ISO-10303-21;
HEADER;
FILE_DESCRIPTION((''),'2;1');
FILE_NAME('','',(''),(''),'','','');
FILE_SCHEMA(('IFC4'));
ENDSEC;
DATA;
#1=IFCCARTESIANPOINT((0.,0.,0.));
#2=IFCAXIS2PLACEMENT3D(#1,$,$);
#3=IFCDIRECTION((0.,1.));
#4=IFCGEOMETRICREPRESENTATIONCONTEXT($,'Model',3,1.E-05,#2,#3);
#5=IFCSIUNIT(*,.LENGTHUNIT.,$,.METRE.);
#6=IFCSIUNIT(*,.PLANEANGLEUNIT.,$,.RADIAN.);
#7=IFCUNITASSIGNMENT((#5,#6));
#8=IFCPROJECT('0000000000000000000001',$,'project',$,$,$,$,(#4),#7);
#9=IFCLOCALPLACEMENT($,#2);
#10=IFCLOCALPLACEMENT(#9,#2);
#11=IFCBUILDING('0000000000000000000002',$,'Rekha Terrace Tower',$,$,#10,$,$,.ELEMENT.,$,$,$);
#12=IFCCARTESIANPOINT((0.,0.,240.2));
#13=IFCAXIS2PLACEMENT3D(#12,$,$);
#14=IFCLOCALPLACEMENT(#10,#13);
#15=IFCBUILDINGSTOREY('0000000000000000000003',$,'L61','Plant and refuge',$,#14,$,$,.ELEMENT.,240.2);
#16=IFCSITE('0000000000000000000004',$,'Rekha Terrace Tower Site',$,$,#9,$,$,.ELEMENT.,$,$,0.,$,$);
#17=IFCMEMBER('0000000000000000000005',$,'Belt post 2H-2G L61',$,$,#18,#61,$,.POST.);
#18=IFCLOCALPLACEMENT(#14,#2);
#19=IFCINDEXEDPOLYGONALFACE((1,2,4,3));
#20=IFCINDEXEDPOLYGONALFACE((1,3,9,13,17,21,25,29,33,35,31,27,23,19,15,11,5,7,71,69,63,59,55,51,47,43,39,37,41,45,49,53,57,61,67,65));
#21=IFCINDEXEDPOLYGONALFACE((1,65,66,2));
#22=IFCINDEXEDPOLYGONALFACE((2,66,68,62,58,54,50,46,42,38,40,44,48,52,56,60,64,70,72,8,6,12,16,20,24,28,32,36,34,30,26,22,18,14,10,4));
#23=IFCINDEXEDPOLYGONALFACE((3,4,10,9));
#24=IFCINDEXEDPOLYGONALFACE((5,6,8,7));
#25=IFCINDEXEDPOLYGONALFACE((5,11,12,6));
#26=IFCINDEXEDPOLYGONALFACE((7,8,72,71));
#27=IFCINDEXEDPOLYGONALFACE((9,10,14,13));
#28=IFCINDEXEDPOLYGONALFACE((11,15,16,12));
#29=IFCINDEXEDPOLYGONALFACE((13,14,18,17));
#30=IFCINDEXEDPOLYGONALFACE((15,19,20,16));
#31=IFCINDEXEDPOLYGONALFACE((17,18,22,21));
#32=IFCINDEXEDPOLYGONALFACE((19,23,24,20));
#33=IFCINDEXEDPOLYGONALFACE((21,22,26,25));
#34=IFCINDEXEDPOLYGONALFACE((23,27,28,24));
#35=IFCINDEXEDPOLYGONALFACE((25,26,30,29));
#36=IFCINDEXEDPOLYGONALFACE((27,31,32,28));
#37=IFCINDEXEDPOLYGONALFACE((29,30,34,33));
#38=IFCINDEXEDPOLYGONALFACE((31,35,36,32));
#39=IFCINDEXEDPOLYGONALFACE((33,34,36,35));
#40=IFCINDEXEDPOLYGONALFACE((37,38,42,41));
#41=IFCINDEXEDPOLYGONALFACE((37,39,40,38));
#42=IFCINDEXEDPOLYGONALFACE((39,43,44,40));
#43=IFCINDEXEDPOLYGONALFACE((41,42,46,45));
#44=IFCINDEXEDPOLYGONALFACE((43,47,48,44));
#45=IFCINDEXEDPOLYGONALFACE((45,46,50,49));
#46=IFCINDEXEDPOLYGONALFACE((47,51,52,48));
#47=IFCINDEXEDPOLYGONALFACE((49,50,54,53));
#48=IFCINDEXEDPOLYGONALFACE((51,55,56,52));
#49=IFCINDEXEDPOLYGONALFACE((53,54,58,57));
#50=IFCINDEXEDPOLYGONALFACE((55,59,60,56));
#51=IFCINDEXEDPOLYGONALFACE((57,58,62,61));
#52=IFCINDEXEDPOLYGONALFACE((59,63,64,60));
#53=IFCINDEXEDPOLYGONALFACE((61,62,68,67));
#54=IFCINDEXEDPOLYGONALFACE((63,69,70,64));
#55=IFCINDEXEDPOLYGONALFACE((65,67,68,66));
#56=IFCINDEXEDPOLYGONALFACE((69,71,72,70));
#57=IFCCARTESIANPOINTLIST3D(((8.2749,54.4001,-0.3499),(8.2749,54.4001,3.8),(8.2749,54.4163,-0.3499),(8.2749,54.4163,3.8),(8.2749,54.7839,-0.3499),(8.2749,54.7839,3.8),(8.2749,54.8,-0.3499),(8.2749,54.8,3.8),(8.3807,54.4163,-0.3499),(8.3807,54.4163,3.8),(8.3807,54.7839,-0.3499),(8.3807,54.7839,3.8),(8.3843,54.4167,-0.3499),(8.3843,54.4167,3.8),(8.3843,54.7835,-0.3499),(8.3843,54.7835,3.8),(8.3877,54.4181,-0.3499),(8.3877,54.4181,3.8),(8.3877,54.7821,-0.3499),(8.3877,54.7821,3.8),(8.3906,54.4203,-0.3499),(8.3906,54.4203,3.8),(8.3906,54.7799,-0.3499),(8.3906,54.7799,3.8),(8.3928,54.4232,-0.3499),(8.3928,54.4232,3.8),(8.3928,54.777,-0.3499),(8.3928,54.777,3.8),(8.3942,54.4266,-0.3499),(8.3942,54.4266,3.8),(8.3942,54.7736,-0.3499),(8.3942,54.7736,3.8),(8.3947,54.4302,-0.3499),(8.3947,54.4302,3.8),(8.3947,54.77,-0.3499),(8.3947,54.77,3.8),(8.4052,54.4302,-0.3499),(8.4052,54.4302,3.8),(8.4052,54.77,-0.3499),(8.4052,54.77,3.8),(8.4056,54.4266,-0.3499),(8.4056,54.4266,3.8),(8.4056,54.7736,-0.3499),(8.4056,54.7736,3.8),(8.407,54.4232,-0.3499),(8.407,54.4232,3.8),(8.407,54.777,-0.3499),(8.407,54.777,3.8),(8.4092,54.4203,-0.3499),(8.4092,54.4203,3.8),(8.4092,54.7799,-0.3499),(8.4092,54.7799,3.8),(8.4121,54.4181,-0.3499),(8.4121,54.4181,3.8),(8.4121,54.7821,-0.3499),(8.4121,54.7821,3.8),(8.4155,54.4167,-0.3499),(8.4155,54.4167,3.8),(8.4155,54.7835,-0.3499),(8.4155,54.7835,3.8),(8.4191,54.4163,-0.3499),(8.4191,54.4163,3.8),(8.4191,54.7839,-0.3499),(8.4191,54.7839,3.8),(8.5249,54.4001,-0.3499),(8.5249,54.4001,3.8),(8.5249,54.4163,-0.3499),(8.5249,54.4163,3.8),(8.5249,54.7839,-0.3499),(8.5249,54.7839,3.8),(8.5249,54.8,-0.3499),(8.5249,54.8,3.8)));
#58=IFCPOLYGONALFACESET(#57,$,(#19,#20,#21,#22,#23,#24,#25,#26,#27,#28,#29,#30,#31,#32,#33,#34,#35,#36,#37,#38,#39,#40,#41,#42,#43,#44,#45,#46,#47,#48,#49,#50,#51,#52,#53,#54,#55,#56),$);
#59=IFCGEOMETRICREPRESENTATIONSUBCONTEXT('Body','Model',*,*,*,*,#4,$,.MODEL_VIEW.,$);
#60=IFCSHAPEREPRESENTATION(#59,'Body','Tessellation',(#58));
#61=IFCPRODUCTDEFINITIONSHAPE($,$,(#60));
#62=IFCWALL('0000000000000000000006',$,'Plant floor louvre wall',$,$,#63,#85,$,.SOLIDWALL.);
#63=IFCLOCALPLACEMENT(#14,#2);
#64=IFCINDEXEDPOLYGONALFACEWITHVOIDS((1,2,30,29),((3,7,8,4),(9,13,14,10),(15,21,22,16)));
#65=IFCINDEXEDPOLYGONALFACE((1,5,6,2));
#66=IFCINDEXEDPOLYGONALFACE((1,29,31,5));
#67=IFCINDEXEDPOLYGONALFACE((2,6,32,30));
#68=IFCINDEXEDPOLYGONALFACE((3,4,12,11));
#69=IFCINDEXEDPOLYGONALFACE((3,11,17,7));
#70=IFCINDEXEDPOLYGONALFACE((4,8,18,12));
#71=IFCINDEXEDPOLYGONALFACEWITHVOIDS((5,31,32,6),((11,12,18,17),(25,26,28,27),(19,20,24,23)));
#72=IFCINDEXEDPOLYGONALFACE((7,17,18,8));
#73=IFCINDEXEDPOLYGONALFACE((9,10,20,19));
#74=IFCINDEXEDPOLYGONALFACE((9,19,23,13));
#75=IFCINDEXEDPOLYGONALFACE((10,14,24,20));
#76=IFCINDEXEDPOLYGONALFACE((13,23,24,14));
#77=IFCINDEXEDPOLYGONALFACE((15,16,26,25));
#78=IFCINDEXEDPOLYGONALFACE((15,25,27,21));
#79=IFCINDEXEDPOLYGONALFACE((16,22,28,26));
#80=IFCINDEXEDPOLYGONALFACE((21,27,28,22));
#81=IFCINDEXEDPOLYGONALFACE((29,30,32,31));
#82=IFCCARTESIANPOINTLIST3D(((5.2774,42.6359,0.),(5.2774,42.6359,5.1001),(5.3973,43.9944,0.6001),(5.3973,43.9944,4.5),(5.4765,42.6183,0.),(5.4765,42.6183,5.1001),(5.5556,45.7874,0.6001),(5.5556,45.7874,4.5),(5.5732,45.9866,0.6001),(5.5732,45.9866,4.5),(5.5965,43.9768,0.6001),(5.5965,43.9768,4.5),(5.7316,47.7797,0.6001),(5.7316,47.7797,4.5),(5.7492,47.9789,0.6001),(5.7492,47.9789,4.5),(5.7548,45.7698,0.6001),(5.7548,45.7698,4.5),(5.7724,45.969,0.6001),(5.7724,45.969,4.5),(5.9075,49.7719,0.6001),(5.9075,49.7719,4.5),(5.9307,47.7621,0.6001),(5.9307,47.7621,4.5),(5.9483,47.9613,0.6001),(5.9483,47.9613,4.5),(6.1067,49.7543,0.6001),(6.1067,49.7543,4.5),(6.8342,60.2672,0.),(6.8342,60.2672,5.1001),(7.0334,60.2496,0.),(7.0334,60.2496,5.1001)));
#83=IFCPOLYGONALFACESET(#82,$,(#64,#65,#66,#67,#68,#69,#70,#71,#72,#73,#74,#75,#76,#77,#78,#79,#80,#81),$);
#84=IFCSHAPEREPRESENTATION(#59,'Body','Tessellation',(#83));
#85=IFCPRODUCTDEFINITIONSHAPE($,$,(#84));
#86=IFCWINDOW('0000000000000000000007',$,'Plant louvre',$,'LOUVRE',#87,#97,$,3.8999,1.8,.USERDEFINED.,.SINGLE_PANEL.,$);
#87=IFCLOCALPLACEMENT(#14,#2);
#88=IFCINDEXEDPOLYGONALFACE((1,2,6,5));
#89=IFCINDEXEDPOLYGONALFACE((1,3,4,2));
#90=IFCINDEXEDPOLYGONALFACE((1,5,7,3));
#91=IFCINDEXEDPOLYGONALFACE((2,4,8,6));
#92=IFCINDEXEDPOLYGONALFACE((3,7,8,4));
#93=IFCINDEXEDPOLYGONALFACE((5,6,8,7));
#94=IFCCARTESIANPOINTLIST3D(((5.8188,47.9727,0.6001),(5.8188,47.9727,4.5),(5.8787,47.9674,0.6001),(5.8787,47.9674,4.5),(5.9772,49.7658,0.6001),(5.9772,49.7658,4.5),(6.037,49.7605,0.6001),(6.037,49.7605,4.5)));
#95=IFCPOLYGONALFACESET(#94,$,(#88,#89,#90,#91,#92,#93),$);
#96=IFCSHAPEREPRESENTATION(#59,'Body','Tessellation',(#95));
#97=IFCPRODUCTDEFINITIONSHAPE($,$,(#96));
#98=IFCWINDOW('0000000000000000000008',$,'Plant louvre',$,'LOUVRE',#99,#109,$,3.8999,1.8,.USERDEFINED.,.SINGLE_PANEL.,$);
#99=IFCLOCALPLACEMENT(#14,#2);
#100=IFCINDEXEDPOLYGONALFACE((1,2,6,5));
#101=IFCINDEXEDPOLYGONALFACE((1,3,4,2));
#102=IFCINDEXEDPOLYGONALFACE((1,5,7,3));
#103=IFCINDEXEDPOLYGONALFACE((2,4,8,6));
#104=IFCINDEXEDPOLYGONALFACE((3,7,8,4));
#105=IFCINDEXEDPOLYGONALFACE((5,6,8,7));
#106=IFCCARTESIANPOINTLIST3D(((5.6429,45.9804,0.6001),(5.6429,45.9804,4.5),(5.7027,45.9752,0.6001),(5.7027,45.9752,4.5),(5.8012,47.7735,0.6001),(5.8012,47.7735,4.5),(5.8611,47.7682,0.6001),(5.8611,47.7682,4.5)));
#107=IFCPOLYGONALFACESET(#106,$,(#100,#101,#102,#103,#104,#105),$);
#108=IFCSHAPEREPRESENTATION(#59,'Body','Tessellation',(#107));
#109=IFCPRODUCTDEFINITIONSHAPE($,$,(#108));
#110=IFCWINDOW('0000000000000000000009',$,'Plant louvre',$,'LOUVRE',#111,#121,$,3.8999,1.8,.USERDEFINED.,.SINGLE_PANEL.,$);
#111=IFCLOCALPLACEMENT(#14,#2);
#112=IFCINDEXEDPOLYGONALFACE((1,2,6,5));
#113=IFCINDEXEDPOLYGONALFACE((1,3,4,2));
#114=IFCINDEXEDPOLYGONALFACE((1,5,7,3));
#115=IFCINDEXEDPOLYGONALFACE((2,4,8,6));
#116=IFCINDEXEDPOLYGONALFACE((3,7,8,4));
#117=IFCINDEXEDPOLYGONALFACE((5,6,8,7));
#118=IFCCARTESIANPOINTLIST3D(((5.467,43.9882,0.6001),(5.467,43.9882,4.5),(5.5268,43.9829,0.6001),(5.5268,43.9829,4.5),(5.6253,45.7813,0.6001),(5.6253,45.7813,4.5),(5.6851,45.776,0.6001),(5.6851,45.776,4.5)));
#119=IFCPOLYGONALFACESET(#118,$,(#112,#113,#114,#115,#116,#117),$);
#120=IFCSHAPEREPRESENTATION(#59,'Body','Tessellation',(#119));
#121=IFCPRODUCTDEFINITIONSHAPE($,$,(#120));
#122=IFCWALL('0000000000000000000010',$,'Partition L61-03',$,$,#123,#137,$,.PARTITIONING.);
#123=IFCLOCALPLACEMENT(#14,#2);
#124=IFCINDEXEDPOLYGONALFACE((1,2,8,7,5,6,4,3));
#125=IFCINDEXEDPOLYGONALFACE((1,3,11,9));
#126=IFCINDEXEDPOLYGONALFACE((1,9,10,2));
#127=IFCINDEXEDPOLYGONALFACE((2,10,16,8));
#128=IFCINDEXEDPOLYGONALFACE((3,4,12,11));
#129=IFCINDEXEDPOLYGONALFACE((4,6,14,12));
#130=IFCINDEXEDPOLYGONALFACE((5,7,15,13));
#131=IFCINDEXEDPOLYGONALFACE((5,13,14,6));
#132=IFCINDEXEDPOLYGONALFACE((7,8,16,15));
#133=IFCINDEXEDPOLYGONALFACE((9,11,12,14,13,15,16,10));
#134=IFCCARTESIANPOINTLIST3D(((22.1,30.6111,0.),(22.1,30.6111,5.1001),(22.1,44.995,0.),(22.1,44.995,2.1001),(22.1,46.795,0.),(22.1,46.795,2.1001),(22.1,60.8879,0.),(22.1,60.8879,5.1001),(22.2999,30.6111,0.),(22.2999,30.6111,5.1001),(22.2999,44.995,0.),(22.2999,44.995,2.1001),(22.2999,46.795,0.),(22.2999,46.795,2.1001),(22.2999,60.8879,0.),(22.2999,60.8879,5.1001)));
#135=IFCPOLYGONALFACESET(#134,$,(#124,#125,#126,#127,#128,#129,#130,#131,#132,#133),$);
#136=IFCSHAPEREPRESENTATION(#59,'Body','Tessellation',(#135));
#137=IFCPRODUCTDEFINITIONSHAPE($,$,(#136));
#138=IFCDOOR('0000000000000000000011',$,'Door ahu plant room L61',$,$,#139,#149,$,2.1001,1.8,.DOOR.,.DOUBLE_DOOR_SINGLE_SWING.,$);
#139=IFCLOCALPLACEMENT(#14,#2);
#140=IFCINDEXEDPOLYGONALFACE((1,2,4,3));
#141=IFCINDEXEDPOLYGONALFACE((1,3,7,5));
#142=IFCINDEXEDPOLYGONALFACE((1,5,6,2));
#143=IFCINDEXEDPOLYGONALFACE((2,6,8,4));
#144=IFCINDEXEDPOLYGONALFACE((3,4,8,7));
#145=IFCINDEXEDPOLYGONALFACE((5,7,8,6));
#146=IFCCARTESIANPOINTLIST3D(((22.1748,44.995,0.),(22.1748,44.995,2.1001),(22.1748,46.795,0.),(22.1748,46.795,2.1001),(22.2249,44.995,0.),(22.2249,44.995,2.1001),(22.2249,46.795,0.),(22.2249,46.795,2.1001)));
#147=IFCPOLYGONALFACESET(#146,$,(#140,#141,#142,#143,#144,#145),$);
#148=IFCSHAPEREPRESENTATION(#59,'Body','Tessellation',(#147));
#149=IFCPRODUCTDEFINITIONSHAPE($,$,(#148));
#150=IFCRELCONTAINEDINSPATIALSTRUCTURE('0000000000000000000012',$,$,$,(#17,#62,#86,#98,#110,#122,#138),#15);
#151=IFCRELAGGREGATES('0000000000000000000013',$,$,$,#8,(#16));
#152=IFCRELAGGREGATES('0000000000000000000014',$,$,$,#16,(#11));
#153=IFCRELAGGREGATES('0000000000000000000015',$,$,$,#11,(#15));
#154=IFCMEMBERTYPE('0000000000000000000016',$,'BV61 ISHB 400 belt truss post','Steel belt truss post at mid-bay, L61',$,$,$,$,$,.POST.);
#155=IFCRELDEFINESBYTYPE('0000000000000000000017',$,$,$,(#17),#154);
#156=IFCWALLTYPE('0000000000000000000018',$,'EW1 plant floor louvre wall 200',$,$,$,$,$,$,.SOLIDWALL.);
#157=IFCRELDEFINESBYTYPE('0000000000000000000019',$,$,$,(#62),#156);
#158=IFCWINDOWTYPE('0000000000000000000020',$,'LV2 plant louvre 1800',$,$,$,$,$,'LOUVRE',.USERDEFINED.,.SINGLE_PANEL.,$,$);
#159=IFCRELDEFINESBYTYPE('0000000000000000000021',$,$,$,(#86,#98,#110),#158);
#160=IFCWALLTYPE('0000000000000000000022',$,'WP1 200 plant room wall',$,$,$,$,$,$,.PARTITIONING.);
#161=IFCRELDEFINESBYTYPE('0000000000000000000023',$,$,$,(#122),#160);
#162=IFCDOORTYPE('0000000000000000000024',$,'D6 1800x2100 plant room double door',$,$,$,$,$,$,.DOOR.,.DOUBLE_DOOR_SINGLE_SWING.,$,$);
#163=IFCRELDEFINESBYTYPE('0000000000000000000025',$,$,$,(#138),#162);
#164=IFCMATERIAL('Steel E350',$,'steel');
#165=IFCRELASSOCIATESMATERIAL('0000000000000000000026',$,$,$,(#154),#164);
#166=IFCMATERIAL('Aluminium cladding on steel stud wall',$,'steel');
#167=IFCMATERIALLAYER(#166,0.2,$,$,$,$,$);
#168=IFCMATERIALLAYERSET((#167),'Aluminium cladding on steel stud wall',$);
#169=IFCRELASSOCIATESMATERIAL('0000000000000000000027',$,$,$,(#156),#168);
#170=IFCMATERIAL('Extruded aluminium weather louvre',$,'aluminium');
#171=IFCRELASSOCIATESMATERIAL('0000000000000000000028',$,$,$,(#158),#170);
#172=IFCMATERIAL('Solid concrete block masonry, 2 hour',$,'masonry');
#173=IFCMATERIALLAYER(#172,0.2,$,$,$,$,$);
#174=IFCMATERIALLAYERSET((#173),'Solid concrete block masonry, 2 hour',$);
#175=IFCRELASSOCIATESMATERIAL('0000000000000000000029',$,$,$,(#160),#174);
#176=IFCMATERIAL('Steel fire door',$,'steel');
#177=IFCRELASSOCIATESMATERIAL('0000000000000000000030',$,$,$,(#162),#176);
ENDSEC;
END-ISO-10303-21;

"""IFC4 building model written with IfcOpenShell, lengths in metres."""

from ifc_helpers import new_model, si_unit, direction, frame, frame_2d, origin, origin_2d, place, context, subcontext, project, spatial, rectangle, i_section, extrude, material, layer, layer_set, material_profile, profile_set, type_object, element, fill, save


model = new_model("IFC4")

# Units and contexts
model_context = context("Model", 3, precision=1e-05, world=origin(), true_north=direction((0.0, 1.0)))
body_context = subcontext(model_context, "Body", "Model", "MODEL_VIEW")
ifc_project = project(units=[si_unit("LENGTHUNIT", "METRE"), si_unit("PLANEANGLEUNIT", "RADIAN")], contexts=[model_context])

# Site, building, storey
site_placement = place(None, origin())
site = spatial("IfcSite", under=ifc_project, at=site_placement, Name="Rekha Terrace Tower Site", CompositionType="ELEMENT", RefElevation=0.0)
building_placement = place(site_placement, origin())
building = spatial("IfcBuilding", under=site, at=building_placement, Name="Rekha Terrace Tower", CompositionType="ELEMENT")
storey_placement = place(building_placement, frame((0.0, 0.0, 240.2)))
storey = spatial("IfcBuildingStorey", under=building, at=storey_placement, Name="L61", Description="Plant and refuge", CompositionType="ELEMENT", Elevation=240.2)

# Member
ifc_material_1 = material(Name="Steel E350", Category="steel")
ifc_material_profile_1 = material_profile(ifc_material_1, i_section(OverallWidth=0.25, OverallDepth=0.3999, WebThickness=0.0105, FlangeThickness=0.0161, FilletRadius=0.0139, at=origin_2d()), Name="ISHB 400")
ifc_profile_set_1 = profile_set([ifc_material_profile_1], Name="Steel E350")
member_type_1 = type_object("IfcMemberType", Name="BV61 ISHB 400 belt truss post", Description="Steel belt truss post at mid-bay, L61", PredefinedType="POST", material=ifc_profile_set_1)
for number, where, z_axis, x_axis, name in (
    (1, (8.3999, 54.6001, -0.3499), (0.0, 0.0, 1.0), (1.0, 0.0, 0.0), "Belt post 2H-2G L61"),
):
    element("IfcMember", number, at=place(storey_placement, frame(where, z_axis=z_axis, x_axis=x_axis)), inside=storey, type_object=member_type_1, Name=name, PredefinedType="POST", context=body_context, shape_type="SweptSolid", body=[
        extrude(i_section(OverallWidth=0.25, OverallDepth=0.3999, WebThickness=0.0105, FlangeThickness=0.0161, FilletRadius=0.0139, at=origin_2d()), origin(), (0.0, 0.0, 1.0), 4.1499),
    ])

# Wall, openings, windows
ifc_material_2 = material(Name="Aluminium cladding on steel stud wall", Category="steel")
ifc_layer_1 = layer(ifc_material_2, 0.2)
ifc_layer_set_1 = layer_set([ifc_layer_1], Name="Aluminium cladding on steel stud wall")
wall_type_1 = type_object("IfcWallType", Name="EW1 plant floor louvre wall 200", PredefinedType="SOLIDWALL", material=ifc_layer_set_1)
wall_1_placement = place(storey_placement, frame((6.9338, 60.2585, 0.0), z_axis=(0.0, 0.0, 1.0), x_axis=(-0.08796, -0.996124, 0.0)))
wall_1 = element("IfcWall", 2, at=wall_1_placement, inside=storey, type_object=wall_type_1, Name="Plant floor louvre wall", PredefinedType="SOLIDWALL", context=body_context, shape_type="SweptSolid", body=[
    extrude(rectangle(XDim=17.7, YDim=0.2, at=frame_2d((8.8501, 0.0))), origin(), (0.0, 0.0, 1.0), 5.1001),
])
opening_1_placement = place(wall_1_placement, frame((10.5364, 0.0, 0.6001)))
opening_1 = element("IfcOpeningElement", 3, at=opening_1_placement, cuts=wall_1, PredefinedType="OPENING", context=body_context, shape_type="SweptSolid", body=[
    extrude(rectangle(XDim=1.8, YDim=3.8999, at=frame_2d((0.8999, 1.95))), frame((0.0, 0.1099, 0.0), z_axis=(0.0, -1.0, 0.0), x_axis=(1.0, 0.0, 0.0)), (0.0, 0.0, 1.0), 0.22),
])
opening_2_placement = place(wall_1_placement, frame((12.5364, 0.0, 0.6001)))
opening_2 = element("IfcOpeningElement", 4, at=opening_2_placement, cuts=wall_1, PredefinedType="OPENING", context=body_context, shape_type="SweptSolid", body=[
    extrude(rectangle(XDim=1.8, YDim=3.8999, at=frame_2d((0.8999, 1.95))), frame((0.0, 0.1099, 0.0), z_axis=(0.0, -1.0, 0.0), x_axis=(1.0, 0.0, 0.0)), (0.0, 0.0, 1.0), 0.22),
])
opening_3_placement = place(wall_1_placement, frame((14.5364, 0.0, 0.6001)))
opening_3 = element("IfcOpeningElement", 5, at=opening_3_placement, cuts=wall_1, PredefinedType="OPENING", context=body_context, shape_type="SweptSolid", body=[
    extrude(rectangle(XDim=1.8, YDim=3.8999, at=frame_2d((0.8999, 1.95))), frame((0.0, 0.1099, 0.0), z_axis=(0.0, -1.0, 0.0), x_axis=(1.0, 0.0, 0.0)), (0.0, 0.0, 1.0), 0.22),
])
ifc_material_3 = material(Name="Extruded aluminium weather louvre", Category="aluminium")
window_type = type_object("IfcWindowType", Name="LV2 plant louvre 1800", ElementType="LOUVRE", PartitioningType="SINGLE_PANEL", PredefinedType="USERDEFINED", material=ifc_material_3)
window_1_placement = place(opening_1_placement, origin())
window_1 = element("IfcWindow", 6, at=window_1_placement, inside=storey, type_object=window_type, Name="Plant louvre", ObjectType="LOUVRE", OverallHeight=3.8999, OverallWidth=1.8, PartitioningType="SINGLE_PANEL", PredefinedType="USERDEFINED", context=body_context, shape_type="SweptSolid", body=[
    extrude(rectangle(XDim=1.8, YDim=3.8999, at=frame_2d((0.8999, 1.95))), frame((0.0, 0.03, 0.0), z_axis=(0.0, -1.0, 0.0), x_axis=(1.0, 0.0, 0.0)), (0.0, 0.0, 1.0), 0.0601),
])
fill(opening_1, window_1)
window_2_placement = place(opening_2_placement, origin())
window_2 = element("IfcWindow", 7, at=window_2_placement, inside=storey, type_object=window_type, Name="Plant louvre", ObjectType="LOUVRE", OverallHeight=3.8999, OverallWidth=1.8, PartitioningType="SINGLE_PANEL", PredefinedType="USERDEFINED", context=body_context, shape_type="SweptSolid", body=[
    extrude(rectangle(XDim=1.8, YDim=3.8999, at=frame_2d((0.8999, 1.95))), frame((0.0, 0.03, 0.0), z_axis=(0.0, -1.0, 0.0), x_axis=(1.0, 0.0, 0.0)), (0.0, 0.0, 1.0), 0.0601),
])
fill(opening_2, window_2)
window_3_placement = place(opening_3_placement, origin())
window_3 = element("IfcWindow", 8, at=window_3_placement, inside=storey, type_object=window_type, Name="Plant louvre", ObjectType="LOUVRE", OverallHeight=3.8999, OverallWidth=1.8, PartitioningType="SINGLE_PANEL", PredefinedType="USERDEFINED", context=body_context, shape_type="SweptSolid", body=[
    extrude(rectangle(XDim=1.8, YDim=3.8999, at=frame_2d((0.8999, 1.95))), frame((0.0, 0.03, 0.0), z_axis=(0.0, -1.0, 0.0), x_axis=(1.0, 0.0, 0.0)), (0.0, 0.0, 1.0), 0.0601),
])
fill(opening_3, window_3)

# Wall, opening, door
ifc_material_4 = material(Name="Solid concrete block masonry, 2 hour", Category="masonry")
ifc_layer_2 = layer(ifc_material_4, 0.2)
ifc_layer_set_2 = layer_set([ifc_layer_2], Name="Solid concrete block masonry, 2 hour")
wall_type_2 = type_object("IfcWallType", Name="WP1 200 plant room wall", PredefinedType="PARTITIONING", material=ifc_layer_set_2)
wall_2_placement = place(storey_placement, frame((22.2, 60.8879, 0.0), z_axis=(0.0, 0.0, 1.0), x_axis=(0.0, -1.0, 0.0)))
wall_2 = element("IfcWall", 9, at=wall_2_placement, inside=storey, type_object=wall_type_2, Name="Partition L61-03", PredefinedType="PARTITIONING", context=body_context, shape_type="SweptSolid", body=[
    extrude(rectangle(XDim=30.2769, YDim=0.2, at=frame_2d((15.1384, 0.0))), origin(), (0.0, 0.0, 1.0), 5.1001),
])
opening_4_placement = place(wall_2_placement, frame((14.093, 0.0, 0.0)))
opening_4 = element("IfcOpeningElement", 10, at=opening_4_placement, cuts=wall_2, PredefinedType="OPENING", context=body_context, shape_type="SweptSolid", body=[
    extrude(rectangle(XDim=1.8, YDim=2.1001, at=frame_2d((0.8999, 1.05))), frame((0.0, 0.1099, 0.0), z_axis=(0.0, -1.0, 0.0), x_axis=(1.0, 0.0, 0.0)), (0.0, 0.0, 1.0), 0.22),
])
ifc_material_5 = material(Name="Steel fire door", Category="steel")
door_type = type_object("IfcDoorType", Name="D6 1800x2100 plant room double door", OperationType="DOUBLE_DOOR_SINGLE_SWING", PredefinedType="DOOR", material=ifc_material_5)
door_placement = place(opening_4_placement, origin())
door = element("IfcDoor", 11, at=door_placement, inside=storey, type_object=door_type, Name="Door ahu plant room L61", OperationType="DOUBLE_DOOR_SINGLE_SWING", OverallHeight=2.1001, OverallWidth=1.8, PredefinedType="DOOR", context=body_context, shape_type="SweptSolid", body=[
    extrude(rectangle(XDim=1.8, YDim=2.1001, at=frame_2d((0.8999, 1.05))), frame((0.0, 0.0249, 0.0), z_axis=(0.0, -1.0, 0.0), x_axis=(1.0, 0.0, 0.0)), (0.0, 0.0, 1.0), 0.05),
])
fill(opening_4, door)

save(model, "model.ifc")
